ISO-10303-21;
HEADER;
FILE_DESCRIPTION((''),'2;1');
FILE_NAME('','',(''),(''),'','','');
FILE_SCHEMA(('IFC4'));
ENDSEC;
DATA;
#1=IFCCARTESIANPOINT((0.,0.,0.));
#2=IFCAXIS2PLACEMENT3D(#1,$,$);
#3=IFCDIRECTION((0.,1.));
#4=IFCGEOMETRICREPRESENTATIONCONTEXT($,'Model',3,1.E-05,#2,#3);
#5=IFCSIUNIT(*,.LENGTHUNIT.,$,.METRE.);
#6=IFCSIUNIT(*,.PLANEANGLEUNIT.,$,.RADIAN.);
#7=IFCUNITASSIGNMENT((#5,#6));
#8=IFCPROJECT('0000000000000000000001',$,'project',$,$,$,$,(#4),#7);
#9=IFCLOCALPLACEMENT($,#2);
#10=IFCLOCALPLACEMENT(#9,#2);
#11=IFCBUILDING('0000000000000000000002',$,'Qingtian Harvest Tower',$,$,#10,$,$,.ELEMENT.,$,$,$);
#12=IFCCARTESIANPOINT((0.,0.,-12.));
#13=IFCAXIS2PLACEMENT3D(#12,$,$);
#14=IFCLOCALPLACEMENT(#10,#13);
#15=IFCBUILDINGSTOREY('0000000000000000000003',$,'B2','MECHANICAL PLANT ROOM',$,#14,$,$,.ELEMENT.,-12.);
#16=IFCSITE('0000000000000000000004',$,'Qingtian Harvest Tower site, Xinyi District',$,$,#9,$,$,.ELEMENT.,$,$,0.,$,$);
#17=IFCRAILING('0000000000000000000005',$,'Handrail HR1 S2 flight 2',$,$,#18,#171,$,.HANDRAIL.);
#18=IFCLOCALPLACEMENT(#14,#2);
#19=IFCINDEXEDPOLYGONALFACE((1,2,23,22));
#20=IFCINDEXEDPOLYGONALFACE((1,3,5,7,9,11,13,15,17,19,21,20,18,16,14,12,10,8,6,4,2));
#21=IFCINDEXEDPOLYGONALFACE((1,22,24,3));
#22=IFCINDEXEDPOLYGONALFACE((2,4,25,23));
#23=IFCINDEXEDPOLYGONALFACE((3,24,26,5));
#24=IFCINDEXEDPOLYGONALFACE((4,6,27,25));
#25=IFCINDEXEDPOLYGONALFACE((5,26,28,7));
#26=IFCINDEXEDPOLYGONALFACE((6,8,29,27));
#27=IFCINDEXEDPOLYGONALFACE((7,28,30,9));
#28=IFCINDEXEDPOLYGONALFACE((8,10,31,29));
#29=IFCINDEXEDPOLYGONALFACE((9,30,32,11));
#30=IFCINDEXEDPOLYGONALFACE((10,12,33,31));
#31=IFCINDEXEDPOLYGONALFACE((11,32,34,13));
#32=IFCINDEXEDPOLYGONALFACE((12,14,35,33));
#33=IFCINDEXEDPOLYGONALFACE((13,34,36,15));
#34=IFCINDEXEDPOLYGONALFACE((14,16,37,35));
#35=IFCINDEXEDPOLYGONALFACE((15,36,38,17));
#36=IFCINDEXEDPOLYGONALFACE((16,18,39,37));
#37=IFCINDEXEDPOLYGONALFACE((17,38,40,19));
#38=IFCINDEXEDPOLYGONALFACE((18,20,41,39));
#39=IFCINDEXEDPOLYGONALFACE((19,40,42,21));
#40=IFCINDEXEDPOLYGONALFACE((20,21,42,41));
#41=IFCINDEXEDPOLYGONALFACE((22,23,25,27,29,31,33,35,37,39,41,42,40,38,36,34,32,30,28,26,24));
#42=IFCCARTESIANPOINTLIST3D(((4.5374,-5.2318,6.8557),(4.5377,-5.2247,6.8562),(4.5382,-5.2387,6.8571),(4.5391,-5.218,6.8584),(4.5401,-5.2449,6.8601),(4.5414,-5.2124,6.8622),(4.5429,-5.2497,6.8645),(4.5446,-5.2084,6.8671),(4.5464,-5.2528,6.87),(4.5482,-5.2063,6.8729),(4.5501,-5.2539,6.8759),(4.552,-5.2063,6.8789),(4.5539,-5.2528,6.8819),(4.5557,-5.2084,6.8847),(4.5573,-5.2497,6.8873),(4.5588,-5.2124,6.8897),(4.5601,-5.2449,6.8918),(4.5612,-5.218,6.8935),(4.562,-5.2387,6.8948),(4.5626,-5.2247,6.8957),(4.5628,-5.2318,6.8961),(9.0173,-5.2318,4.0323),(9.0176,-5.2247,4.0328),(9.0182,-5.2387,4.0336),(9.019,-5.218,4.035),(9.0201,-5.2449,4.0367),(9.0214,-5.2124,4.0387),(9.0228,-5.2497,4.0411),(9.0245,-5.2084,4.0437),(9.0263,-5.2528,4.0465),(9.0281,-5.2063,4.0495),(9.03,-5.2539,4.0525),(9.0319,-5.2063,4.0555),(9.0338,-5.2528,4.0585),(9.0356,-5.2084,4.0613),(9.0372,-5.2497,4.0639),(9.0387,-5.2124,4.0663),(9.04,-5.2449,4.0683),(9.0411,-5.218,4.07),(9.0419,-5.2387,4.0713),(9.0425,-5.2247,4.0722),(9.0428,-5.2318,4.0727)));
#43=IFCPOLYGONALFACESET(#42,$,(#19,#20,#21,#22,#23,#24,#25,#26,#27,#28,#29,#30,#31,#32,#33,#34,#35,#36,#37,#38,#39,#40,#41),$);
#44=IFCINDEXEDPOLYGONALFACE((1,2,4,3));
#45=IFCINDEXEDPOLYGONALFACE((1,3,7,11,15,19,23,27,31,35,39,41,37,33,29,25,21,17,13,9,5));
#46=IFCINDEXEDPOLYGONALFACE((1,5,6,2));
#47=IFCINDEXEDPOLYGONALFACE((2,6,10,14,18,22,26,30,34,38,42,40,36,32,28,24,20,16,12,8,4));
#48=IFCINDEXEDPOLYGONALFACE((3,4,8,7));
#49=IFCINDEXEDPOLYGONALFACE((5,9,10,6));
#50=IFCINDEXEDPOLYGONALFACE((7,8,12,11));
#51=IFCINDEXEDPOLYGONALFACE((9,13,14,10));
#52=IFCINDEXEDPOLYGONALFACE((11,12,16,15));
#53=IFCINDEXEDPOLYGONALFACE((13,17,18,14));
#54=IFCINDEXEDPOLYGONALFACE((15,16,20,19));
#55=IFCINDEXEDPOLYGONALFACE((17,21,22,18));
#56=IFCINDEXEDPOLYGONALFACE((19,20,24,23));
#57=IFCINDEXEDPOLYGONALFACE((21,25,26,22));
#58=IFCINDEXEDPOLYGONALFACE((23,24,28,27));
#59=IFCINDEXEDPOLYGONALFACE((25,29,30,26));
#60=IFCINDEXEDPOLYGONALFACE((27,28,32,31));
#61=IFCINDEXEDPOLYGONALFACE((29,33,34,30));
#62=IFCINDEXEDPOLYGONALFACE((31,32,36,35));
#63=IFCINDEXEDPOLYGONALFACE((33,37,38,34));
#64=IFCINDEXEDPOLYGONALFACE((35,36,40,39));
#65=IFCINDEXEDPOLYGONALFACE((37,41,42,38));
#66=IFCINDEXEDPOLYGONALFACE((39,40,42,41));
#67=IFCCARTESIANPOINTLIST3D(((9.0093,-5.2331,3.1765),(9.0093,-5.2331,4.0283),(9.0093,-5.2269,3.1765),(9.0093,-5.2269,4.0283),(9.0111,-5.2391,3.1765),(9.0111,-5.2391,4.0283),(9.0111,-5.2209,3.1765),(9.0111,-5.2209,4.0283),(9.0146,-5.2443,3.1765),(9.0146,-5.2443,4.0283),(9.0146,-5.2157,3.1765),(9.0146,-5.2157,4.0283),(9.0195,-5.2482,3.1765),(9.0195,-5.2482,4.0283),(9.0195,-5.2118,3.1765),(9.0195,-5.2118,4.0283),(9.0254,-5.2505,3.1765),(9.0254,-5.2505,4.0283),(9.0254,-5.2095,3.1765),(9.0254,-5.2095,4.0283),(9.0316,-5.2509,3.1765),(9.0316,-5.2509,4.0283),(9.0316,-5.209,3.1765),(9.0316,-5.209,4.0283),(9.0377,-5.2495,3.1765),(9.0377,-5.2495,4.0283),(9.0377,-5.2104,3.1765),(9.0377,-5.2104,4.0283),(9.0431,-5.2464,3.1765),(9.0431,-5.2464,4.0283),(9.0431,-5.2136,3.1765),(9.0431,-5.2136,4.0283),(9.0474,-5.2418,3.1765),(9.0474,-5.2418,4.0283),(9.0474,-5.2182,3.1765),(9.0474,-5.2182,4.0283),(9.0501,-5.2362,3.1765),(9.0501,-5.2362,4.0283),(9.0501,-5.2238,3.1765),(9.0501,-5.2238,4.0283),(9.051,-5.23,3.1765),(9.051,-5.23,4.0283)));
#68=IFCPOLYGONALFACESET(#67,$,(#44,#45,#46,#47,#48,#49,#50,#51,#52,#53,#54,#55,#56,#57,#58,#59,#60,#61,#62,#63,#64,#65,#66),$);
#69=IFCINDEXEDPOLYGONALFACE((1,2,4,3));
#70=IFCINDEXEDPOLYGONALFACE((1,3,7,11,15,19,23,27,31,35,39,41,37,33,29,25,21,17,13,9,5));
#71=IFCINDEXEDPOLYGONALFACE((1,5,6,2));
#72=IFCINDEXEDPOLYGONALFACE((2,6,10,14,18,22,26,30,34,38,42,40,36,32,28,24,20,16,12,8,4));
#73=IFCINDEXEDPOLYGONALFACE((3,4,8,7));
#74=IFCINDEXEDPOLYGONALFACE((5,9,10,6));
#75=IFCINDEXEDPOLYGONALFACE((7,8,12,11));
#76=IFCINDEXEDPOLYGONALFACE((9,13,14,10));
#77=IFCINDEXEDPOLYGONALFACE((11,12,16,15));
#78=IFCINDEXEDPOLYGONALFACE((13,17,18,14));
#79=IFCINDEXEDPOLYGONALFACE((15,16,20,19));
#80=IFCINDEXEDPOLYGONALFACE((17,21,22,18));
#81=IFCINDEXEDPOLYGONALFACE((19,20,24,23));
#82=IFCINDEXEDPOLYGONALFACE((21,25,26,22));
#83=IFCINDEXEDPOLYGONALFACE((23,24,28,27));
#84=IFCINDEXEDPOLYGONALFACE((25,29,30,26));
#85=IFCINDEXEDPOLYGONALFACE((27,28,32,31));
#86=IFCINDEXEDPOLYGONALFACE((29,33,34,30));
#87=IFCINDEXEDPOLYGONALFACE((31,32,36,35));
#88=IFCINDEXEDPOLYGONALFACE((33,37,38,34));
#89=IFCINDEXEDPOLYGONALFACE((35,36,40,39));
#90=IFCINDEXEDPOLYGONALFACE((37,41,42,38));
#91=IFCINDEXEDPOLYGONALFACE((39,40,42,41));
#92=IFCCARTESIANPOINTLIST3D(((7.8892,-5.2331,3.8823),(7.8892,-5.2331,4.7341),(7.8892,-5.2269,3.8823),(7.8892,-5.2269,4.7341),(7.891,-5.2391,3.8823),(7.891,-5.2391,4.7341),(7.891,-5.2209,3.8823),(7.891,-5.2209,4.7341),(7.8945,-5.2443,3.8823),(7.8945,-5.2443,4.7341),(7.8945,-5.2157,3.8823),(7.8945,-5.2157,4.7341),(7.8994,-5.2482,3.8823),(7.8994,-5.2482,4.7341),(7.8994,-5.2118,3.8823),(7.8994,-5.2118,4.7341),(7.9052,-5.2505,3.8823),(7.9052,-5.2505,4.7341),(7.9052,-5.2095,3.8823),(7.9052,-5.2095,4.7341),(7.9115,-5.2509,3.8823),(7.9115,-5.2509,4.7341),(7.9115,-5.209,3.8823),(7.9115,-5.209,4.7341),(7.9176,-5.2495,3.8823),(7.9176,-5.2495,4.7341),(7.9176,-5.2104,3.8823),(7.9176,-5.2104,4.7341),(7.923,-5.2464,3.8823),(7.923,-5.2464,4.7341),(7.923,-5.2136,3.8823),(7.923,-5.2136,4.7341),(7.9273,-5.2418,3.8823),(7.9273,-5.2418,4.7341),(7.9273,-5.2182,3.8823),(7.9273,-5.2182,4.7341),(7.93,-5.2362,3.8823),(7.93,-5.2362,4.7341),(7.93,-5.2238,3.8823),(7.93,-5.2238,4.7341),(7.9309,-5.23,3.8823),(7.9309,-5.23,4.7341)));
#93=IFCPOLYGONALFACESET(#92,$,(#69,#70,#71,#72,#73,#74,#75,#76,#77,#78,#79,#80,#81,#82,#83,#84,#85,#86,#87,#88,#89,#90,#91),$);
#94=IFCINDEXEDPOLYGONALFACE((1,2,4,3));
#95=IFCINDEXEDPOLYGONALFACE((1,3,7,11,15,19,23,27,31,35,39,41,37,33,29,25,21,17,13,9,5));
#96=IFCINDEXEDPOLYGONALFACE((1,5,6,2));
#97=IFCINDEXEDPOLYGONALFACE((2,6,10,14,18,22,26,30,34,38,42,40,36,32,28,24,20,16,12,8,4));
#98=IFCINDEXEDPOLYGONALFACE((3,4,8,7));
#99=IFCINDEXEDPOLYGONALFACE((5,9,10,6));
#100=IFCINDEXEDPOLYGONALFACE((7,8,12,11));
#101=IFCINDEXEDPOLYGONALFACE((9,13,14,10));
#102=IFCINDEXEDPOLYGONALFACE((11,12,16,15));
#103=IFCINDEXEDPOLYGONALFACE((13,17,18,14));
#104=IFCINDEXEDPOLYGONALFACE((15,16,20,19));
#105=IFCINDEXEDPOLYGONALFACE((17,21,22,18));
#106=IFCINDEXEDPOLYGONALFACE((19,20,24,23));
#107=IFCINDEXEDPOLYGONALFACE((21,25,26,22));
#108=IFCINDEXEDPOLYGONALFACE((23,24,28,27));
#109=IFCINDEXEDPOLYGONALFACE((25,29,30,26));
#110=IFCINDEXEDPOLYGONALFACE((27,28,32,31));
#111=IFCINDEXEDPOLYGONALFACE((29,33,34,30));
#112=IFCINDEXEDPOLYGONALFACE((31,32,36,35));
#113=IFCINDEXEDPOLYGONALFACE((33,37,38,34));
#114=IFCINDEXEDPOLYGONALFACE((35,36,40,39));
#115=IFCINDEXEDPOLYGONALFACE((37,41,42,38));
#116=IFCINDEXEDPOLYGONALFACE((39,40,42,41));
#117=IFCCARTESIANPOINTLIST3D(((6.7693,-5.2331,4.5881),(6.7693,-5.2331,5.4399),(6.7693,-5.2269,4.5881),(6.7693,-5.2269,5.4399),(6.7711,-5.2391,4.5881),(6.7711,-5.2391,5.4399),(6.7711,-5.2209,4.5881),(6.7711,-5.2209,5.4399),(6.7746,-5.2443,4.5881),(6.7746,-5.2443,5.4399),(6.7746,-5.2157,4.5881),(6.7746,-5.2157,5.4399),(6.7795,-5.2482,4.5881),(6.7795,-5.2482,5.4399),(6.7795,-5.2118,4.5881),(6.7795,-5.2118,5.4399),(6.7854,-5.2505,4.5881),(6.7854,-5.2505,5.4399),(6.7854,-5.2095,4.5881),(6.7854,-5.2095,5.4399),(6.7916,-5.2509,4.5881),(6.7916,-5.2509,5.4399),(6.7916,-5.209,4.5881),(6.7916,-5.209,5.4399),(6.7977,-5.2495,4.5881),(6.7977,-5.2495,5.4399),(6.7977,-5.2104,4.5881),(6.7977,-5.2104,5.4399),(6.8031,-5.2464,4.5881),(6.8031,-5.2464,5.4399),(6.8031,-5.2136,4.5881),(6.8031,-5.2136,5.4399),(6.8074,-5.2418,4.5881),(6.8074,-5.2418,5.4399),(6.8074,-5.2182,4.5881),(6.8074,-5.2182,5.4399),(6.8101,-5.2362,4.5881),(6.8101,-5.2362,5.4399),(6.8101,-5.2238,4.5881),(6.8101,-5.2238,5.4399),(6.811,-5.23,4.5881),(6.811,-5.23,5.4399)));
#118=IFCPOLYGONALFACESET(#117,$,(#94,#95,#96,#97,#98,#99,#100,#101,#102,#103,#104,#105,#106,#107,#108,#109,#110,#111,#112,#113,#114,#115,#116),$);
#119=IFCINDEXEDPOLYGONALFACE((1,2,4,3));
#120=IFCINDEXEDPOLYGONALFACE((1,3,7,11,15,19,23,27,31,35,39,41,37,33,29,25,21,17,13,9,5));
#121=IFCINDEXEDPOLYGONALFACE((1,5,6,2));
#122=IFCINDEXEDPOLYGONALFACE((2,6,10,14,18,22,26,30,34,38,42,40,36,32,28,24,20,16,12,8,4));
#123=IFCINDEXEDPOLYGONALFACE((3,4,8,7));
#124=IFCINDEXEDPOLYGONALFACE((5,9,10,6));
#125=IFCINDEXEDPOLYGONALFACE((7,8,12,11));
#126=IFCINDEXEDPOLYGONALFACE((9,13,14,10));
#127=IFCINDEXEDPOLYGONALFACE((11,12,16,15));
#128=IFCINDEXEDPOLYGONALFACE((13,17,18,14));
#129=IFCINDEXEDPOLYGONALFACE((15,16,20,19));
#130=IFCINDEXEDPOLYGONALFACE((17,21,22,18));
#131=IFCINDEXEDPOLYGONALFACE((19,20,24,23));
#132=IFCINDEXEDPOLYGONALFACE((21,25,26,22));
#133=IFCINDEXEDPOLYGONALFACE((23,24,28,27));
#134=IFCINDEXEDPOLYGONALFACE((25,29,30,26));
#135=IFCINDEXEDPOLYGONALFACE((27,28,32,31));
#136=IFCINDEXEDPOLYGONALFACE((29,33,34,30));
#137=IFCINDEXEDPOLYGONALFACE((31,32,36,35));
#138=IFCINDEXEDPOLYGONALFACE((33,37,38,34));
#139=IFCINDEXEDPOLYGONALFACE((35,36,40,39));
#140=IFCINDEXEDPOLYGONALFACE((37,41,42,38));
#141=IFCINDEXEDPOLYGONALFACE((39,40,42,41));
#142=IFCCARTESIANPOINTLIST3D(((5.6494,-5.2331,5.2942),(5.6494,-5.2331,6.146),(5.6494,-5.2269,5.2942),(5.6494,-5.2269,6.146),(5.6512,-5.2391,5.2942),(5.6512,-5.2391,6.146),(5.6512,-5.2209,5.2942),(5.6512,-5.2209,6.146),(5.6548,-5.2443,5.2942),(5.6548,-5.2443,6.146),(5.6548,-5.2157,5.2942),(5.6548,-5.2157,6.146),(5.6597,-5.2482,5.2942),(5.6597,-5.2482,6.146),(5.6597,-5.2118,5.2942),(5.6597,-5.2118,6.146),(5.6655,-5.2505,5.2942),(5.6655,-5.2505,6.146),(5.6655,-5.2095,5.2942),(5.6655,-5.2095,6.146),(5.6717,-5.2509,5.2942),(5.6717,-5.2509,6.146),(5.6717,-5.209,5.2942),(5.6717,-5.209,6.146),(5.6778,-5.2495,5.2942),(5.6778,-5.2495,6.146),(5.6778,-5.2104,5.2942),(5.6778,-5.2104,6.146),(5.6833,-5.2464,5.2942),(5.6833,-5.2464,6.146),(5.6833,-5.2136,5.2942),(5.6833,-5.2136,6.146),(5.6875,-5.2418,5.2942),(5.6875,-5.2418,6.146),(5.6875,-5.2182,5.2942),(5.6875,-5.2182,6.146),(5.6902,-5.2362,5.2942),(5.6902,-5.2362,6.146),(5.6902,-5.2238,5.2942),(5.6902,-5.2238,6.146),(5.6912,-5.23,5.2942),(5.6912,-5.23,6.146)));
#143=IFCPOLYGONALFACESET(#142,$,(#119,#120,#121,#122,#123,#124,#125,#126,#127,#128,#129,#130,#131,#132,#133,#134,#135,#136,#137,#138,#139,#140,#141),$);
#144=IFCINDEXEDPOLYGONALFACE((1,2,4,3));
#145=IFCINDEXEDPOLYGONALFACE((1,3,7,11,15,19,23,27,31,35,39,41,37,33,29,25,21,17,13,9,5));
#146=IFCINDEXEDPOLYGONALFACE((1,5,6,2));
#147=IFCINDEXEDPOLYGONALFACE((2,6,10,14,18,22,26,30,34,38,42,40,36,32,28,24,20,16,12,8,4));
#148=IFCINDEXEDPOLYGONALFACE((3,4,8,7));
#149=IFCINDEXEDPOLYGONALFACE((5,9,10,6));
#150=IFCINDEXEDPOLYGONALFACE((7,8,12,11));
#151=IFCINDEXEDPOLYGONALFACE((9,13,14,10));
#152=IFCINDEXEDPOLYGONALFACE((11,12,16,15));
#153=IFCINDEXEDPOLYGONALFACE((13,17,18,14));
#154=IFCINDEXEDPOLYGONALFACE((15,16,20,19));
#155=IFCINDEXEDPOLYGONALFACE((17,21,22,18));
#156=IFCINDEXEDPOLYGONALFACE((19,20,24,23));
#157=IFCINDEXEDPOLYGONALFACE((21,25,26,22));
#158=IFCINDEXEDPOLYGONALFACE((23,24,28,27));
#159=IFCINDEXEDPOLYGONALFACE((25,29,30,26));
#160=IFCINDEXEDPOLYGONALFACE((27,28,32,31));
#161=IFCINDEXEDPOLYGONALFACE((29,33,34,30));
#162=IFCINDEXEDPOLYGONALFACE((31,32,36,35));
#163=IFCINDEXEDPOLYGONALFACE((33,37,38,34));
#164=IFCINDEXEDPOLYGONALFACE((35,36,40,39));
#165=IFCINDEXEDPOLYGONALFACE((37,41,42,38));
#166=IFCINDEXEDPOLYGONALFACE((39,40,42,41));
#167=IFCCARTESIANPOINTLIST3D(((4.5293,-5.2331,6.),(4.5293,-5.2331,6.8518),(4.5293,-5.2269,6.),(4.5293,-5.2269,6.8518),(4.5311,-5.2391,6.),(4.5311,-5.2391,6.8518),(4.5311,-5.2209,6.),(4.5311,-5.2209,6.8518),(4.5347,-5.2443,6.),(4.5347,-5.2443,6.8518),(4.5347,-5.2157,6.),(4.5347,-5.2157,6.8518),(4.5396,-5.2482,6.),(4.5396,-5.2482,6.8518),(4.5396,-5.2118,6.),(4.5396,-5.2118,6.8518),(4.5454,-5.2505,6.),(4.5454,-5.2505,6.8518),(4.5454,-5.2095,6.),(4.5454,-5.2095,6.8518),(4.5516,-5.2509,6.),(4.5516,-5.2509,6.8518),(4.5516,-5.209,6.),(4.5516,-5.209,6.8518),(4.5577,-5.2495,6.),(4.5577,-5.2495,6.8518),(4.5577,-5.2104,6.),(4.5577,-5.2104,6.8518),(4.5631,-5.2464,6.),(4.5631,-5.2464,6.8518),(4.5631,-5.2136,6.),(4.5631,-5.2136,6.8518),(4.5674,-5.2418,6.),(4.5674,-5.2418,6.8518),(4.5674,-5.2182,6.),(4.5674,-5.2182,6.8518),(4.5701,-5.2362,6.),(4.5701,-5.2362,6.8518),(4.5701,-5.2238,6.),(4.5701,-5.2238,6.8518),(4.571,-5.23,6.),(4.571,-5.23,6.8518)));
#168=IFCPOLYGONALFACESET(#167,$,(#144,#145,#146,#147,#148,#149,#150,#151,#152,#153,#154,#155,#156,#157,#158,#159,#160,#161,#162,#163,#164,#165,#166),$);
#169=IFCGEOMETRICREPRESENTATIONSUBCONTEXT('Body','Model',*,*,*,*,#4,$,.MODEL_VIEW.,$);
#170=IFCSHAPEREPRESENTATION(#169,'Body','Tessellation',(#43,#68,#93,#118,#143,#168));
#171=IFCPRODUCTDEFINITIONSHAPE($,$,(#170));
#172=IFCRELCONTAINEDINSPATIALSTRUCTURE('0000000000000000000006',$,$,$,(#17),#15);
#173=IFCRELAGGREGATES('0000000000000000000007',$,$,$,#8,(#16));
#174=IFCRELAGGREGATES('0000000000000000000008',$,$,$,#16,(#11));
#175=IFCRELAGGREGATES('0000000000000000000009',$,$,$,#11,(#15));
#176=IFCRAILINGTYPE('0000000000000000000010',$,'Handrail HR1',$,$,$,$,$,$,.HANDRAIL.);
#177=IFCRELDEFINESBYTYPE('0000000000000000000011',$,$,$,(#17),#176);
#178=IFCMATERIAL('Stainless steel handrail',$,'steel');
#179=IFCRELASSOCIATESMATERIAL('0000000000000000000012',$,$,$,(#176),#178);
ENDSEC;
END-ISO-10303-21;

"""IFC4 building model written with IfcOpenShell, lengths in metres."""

from ifc_helpers import new_model, si_unit, direction, frame, origin, origin_2d, place, context, subcontext, project, spatial, circle, extrude, material, type_object, element, save


model = new_model("IFC4")

# Units and contexts
model_context = context("Model", 3, precision=1e-05, world=origin(), true_north=direction((0.0, 1.0)))
body_context = subcontext(model_context, "Body", "Model", "MODEL_VIEW")
ifc_project = project(units=[si_unit("LENGTHUNIT", "METRE"), si_unit("PLANEANGLEUNIT", "RADIAN")], contexts=[model_context])

# Site, building, storey
site_placement = place(None, origin())
site = spatial("IfcSite", under=ifc_project, at=site_placement, Name="Qingtian Harvest Tower site, Xinyi District", CompositionType="ELEMENT", RefElevation=0.0)
building_placement = place(site_placement, origin())
building = spatial("IfcBuilding", under=site, at=building_placement, Name="Qingtian Harvest Tower", CompositionType="ELEMENT")
storey_placement = place(building_placement, frame((0.0, 0.0, -12.0)))
storey = spatial("IfcBuildingStorey", under=building, at=storey_placement, Name="B2", Description="MECHANICAL PLANT ROOM", CompositionType="ELEMENT", Elevation=-12.0)

# Railing
ifc_material_1 = material(Name="Stainless steel handrail", Category="steel")
railing_type = type_object("IfcRailingType", Name="Handrail HR1", PredefinedType="HANDRAIL", material=ifc_material_1)
railing_1_placement = place(storey_placement, frame((9.03, -5.23, 3.1765)))
element("IfcRailing", 1, at=railing_1_placement, inside=storey, type_object=railing_type, Name="Handrail HR1 S2 flight 2", PredefinedType="HANDRAIL", context=body_context, shape_type="SweptSolid", body=[
    extrude(circle(Radius=0.0239, at=origin_2d()), frame((0.0, 0.0, 0.876), z_axis=(-0.845998, 0.0, 0.533186), x_axis=(0.0, -1.0, 0.0)), (0.0, 0.0, 1.0), 5.2954),
    extrude(circle(Radius=0.021, at=origin_2d()), origin(), (0.0, 0.0, 1.0), 0.8518),
    extrude(circle(Radius=0.021, at=origin_2d()), frame((-1.1201, 0.0, 0.7058)), (0.0, 0.0, 1.0), 0.8518),
    extrude(circle(Radius=0.021, at=origin_2d()), frame((-2.24, 0.0, 1.4116)), (0.0, 0.0, 1.0), 0.8518),
    extrude(circle(Radius=0.021, at=origin_2d()), frame((-3.3599, 0.0, 2.1177)), (0.0, 0.0, 1.0), 0.8518),
    extrude(circle(Radius=0.021, at=origin_2d()), frame((-4.48, 0.0, 2.8235)), (0.0, 0.0, 1.0), 0.8518),
])

save(model, "model.ifc")
